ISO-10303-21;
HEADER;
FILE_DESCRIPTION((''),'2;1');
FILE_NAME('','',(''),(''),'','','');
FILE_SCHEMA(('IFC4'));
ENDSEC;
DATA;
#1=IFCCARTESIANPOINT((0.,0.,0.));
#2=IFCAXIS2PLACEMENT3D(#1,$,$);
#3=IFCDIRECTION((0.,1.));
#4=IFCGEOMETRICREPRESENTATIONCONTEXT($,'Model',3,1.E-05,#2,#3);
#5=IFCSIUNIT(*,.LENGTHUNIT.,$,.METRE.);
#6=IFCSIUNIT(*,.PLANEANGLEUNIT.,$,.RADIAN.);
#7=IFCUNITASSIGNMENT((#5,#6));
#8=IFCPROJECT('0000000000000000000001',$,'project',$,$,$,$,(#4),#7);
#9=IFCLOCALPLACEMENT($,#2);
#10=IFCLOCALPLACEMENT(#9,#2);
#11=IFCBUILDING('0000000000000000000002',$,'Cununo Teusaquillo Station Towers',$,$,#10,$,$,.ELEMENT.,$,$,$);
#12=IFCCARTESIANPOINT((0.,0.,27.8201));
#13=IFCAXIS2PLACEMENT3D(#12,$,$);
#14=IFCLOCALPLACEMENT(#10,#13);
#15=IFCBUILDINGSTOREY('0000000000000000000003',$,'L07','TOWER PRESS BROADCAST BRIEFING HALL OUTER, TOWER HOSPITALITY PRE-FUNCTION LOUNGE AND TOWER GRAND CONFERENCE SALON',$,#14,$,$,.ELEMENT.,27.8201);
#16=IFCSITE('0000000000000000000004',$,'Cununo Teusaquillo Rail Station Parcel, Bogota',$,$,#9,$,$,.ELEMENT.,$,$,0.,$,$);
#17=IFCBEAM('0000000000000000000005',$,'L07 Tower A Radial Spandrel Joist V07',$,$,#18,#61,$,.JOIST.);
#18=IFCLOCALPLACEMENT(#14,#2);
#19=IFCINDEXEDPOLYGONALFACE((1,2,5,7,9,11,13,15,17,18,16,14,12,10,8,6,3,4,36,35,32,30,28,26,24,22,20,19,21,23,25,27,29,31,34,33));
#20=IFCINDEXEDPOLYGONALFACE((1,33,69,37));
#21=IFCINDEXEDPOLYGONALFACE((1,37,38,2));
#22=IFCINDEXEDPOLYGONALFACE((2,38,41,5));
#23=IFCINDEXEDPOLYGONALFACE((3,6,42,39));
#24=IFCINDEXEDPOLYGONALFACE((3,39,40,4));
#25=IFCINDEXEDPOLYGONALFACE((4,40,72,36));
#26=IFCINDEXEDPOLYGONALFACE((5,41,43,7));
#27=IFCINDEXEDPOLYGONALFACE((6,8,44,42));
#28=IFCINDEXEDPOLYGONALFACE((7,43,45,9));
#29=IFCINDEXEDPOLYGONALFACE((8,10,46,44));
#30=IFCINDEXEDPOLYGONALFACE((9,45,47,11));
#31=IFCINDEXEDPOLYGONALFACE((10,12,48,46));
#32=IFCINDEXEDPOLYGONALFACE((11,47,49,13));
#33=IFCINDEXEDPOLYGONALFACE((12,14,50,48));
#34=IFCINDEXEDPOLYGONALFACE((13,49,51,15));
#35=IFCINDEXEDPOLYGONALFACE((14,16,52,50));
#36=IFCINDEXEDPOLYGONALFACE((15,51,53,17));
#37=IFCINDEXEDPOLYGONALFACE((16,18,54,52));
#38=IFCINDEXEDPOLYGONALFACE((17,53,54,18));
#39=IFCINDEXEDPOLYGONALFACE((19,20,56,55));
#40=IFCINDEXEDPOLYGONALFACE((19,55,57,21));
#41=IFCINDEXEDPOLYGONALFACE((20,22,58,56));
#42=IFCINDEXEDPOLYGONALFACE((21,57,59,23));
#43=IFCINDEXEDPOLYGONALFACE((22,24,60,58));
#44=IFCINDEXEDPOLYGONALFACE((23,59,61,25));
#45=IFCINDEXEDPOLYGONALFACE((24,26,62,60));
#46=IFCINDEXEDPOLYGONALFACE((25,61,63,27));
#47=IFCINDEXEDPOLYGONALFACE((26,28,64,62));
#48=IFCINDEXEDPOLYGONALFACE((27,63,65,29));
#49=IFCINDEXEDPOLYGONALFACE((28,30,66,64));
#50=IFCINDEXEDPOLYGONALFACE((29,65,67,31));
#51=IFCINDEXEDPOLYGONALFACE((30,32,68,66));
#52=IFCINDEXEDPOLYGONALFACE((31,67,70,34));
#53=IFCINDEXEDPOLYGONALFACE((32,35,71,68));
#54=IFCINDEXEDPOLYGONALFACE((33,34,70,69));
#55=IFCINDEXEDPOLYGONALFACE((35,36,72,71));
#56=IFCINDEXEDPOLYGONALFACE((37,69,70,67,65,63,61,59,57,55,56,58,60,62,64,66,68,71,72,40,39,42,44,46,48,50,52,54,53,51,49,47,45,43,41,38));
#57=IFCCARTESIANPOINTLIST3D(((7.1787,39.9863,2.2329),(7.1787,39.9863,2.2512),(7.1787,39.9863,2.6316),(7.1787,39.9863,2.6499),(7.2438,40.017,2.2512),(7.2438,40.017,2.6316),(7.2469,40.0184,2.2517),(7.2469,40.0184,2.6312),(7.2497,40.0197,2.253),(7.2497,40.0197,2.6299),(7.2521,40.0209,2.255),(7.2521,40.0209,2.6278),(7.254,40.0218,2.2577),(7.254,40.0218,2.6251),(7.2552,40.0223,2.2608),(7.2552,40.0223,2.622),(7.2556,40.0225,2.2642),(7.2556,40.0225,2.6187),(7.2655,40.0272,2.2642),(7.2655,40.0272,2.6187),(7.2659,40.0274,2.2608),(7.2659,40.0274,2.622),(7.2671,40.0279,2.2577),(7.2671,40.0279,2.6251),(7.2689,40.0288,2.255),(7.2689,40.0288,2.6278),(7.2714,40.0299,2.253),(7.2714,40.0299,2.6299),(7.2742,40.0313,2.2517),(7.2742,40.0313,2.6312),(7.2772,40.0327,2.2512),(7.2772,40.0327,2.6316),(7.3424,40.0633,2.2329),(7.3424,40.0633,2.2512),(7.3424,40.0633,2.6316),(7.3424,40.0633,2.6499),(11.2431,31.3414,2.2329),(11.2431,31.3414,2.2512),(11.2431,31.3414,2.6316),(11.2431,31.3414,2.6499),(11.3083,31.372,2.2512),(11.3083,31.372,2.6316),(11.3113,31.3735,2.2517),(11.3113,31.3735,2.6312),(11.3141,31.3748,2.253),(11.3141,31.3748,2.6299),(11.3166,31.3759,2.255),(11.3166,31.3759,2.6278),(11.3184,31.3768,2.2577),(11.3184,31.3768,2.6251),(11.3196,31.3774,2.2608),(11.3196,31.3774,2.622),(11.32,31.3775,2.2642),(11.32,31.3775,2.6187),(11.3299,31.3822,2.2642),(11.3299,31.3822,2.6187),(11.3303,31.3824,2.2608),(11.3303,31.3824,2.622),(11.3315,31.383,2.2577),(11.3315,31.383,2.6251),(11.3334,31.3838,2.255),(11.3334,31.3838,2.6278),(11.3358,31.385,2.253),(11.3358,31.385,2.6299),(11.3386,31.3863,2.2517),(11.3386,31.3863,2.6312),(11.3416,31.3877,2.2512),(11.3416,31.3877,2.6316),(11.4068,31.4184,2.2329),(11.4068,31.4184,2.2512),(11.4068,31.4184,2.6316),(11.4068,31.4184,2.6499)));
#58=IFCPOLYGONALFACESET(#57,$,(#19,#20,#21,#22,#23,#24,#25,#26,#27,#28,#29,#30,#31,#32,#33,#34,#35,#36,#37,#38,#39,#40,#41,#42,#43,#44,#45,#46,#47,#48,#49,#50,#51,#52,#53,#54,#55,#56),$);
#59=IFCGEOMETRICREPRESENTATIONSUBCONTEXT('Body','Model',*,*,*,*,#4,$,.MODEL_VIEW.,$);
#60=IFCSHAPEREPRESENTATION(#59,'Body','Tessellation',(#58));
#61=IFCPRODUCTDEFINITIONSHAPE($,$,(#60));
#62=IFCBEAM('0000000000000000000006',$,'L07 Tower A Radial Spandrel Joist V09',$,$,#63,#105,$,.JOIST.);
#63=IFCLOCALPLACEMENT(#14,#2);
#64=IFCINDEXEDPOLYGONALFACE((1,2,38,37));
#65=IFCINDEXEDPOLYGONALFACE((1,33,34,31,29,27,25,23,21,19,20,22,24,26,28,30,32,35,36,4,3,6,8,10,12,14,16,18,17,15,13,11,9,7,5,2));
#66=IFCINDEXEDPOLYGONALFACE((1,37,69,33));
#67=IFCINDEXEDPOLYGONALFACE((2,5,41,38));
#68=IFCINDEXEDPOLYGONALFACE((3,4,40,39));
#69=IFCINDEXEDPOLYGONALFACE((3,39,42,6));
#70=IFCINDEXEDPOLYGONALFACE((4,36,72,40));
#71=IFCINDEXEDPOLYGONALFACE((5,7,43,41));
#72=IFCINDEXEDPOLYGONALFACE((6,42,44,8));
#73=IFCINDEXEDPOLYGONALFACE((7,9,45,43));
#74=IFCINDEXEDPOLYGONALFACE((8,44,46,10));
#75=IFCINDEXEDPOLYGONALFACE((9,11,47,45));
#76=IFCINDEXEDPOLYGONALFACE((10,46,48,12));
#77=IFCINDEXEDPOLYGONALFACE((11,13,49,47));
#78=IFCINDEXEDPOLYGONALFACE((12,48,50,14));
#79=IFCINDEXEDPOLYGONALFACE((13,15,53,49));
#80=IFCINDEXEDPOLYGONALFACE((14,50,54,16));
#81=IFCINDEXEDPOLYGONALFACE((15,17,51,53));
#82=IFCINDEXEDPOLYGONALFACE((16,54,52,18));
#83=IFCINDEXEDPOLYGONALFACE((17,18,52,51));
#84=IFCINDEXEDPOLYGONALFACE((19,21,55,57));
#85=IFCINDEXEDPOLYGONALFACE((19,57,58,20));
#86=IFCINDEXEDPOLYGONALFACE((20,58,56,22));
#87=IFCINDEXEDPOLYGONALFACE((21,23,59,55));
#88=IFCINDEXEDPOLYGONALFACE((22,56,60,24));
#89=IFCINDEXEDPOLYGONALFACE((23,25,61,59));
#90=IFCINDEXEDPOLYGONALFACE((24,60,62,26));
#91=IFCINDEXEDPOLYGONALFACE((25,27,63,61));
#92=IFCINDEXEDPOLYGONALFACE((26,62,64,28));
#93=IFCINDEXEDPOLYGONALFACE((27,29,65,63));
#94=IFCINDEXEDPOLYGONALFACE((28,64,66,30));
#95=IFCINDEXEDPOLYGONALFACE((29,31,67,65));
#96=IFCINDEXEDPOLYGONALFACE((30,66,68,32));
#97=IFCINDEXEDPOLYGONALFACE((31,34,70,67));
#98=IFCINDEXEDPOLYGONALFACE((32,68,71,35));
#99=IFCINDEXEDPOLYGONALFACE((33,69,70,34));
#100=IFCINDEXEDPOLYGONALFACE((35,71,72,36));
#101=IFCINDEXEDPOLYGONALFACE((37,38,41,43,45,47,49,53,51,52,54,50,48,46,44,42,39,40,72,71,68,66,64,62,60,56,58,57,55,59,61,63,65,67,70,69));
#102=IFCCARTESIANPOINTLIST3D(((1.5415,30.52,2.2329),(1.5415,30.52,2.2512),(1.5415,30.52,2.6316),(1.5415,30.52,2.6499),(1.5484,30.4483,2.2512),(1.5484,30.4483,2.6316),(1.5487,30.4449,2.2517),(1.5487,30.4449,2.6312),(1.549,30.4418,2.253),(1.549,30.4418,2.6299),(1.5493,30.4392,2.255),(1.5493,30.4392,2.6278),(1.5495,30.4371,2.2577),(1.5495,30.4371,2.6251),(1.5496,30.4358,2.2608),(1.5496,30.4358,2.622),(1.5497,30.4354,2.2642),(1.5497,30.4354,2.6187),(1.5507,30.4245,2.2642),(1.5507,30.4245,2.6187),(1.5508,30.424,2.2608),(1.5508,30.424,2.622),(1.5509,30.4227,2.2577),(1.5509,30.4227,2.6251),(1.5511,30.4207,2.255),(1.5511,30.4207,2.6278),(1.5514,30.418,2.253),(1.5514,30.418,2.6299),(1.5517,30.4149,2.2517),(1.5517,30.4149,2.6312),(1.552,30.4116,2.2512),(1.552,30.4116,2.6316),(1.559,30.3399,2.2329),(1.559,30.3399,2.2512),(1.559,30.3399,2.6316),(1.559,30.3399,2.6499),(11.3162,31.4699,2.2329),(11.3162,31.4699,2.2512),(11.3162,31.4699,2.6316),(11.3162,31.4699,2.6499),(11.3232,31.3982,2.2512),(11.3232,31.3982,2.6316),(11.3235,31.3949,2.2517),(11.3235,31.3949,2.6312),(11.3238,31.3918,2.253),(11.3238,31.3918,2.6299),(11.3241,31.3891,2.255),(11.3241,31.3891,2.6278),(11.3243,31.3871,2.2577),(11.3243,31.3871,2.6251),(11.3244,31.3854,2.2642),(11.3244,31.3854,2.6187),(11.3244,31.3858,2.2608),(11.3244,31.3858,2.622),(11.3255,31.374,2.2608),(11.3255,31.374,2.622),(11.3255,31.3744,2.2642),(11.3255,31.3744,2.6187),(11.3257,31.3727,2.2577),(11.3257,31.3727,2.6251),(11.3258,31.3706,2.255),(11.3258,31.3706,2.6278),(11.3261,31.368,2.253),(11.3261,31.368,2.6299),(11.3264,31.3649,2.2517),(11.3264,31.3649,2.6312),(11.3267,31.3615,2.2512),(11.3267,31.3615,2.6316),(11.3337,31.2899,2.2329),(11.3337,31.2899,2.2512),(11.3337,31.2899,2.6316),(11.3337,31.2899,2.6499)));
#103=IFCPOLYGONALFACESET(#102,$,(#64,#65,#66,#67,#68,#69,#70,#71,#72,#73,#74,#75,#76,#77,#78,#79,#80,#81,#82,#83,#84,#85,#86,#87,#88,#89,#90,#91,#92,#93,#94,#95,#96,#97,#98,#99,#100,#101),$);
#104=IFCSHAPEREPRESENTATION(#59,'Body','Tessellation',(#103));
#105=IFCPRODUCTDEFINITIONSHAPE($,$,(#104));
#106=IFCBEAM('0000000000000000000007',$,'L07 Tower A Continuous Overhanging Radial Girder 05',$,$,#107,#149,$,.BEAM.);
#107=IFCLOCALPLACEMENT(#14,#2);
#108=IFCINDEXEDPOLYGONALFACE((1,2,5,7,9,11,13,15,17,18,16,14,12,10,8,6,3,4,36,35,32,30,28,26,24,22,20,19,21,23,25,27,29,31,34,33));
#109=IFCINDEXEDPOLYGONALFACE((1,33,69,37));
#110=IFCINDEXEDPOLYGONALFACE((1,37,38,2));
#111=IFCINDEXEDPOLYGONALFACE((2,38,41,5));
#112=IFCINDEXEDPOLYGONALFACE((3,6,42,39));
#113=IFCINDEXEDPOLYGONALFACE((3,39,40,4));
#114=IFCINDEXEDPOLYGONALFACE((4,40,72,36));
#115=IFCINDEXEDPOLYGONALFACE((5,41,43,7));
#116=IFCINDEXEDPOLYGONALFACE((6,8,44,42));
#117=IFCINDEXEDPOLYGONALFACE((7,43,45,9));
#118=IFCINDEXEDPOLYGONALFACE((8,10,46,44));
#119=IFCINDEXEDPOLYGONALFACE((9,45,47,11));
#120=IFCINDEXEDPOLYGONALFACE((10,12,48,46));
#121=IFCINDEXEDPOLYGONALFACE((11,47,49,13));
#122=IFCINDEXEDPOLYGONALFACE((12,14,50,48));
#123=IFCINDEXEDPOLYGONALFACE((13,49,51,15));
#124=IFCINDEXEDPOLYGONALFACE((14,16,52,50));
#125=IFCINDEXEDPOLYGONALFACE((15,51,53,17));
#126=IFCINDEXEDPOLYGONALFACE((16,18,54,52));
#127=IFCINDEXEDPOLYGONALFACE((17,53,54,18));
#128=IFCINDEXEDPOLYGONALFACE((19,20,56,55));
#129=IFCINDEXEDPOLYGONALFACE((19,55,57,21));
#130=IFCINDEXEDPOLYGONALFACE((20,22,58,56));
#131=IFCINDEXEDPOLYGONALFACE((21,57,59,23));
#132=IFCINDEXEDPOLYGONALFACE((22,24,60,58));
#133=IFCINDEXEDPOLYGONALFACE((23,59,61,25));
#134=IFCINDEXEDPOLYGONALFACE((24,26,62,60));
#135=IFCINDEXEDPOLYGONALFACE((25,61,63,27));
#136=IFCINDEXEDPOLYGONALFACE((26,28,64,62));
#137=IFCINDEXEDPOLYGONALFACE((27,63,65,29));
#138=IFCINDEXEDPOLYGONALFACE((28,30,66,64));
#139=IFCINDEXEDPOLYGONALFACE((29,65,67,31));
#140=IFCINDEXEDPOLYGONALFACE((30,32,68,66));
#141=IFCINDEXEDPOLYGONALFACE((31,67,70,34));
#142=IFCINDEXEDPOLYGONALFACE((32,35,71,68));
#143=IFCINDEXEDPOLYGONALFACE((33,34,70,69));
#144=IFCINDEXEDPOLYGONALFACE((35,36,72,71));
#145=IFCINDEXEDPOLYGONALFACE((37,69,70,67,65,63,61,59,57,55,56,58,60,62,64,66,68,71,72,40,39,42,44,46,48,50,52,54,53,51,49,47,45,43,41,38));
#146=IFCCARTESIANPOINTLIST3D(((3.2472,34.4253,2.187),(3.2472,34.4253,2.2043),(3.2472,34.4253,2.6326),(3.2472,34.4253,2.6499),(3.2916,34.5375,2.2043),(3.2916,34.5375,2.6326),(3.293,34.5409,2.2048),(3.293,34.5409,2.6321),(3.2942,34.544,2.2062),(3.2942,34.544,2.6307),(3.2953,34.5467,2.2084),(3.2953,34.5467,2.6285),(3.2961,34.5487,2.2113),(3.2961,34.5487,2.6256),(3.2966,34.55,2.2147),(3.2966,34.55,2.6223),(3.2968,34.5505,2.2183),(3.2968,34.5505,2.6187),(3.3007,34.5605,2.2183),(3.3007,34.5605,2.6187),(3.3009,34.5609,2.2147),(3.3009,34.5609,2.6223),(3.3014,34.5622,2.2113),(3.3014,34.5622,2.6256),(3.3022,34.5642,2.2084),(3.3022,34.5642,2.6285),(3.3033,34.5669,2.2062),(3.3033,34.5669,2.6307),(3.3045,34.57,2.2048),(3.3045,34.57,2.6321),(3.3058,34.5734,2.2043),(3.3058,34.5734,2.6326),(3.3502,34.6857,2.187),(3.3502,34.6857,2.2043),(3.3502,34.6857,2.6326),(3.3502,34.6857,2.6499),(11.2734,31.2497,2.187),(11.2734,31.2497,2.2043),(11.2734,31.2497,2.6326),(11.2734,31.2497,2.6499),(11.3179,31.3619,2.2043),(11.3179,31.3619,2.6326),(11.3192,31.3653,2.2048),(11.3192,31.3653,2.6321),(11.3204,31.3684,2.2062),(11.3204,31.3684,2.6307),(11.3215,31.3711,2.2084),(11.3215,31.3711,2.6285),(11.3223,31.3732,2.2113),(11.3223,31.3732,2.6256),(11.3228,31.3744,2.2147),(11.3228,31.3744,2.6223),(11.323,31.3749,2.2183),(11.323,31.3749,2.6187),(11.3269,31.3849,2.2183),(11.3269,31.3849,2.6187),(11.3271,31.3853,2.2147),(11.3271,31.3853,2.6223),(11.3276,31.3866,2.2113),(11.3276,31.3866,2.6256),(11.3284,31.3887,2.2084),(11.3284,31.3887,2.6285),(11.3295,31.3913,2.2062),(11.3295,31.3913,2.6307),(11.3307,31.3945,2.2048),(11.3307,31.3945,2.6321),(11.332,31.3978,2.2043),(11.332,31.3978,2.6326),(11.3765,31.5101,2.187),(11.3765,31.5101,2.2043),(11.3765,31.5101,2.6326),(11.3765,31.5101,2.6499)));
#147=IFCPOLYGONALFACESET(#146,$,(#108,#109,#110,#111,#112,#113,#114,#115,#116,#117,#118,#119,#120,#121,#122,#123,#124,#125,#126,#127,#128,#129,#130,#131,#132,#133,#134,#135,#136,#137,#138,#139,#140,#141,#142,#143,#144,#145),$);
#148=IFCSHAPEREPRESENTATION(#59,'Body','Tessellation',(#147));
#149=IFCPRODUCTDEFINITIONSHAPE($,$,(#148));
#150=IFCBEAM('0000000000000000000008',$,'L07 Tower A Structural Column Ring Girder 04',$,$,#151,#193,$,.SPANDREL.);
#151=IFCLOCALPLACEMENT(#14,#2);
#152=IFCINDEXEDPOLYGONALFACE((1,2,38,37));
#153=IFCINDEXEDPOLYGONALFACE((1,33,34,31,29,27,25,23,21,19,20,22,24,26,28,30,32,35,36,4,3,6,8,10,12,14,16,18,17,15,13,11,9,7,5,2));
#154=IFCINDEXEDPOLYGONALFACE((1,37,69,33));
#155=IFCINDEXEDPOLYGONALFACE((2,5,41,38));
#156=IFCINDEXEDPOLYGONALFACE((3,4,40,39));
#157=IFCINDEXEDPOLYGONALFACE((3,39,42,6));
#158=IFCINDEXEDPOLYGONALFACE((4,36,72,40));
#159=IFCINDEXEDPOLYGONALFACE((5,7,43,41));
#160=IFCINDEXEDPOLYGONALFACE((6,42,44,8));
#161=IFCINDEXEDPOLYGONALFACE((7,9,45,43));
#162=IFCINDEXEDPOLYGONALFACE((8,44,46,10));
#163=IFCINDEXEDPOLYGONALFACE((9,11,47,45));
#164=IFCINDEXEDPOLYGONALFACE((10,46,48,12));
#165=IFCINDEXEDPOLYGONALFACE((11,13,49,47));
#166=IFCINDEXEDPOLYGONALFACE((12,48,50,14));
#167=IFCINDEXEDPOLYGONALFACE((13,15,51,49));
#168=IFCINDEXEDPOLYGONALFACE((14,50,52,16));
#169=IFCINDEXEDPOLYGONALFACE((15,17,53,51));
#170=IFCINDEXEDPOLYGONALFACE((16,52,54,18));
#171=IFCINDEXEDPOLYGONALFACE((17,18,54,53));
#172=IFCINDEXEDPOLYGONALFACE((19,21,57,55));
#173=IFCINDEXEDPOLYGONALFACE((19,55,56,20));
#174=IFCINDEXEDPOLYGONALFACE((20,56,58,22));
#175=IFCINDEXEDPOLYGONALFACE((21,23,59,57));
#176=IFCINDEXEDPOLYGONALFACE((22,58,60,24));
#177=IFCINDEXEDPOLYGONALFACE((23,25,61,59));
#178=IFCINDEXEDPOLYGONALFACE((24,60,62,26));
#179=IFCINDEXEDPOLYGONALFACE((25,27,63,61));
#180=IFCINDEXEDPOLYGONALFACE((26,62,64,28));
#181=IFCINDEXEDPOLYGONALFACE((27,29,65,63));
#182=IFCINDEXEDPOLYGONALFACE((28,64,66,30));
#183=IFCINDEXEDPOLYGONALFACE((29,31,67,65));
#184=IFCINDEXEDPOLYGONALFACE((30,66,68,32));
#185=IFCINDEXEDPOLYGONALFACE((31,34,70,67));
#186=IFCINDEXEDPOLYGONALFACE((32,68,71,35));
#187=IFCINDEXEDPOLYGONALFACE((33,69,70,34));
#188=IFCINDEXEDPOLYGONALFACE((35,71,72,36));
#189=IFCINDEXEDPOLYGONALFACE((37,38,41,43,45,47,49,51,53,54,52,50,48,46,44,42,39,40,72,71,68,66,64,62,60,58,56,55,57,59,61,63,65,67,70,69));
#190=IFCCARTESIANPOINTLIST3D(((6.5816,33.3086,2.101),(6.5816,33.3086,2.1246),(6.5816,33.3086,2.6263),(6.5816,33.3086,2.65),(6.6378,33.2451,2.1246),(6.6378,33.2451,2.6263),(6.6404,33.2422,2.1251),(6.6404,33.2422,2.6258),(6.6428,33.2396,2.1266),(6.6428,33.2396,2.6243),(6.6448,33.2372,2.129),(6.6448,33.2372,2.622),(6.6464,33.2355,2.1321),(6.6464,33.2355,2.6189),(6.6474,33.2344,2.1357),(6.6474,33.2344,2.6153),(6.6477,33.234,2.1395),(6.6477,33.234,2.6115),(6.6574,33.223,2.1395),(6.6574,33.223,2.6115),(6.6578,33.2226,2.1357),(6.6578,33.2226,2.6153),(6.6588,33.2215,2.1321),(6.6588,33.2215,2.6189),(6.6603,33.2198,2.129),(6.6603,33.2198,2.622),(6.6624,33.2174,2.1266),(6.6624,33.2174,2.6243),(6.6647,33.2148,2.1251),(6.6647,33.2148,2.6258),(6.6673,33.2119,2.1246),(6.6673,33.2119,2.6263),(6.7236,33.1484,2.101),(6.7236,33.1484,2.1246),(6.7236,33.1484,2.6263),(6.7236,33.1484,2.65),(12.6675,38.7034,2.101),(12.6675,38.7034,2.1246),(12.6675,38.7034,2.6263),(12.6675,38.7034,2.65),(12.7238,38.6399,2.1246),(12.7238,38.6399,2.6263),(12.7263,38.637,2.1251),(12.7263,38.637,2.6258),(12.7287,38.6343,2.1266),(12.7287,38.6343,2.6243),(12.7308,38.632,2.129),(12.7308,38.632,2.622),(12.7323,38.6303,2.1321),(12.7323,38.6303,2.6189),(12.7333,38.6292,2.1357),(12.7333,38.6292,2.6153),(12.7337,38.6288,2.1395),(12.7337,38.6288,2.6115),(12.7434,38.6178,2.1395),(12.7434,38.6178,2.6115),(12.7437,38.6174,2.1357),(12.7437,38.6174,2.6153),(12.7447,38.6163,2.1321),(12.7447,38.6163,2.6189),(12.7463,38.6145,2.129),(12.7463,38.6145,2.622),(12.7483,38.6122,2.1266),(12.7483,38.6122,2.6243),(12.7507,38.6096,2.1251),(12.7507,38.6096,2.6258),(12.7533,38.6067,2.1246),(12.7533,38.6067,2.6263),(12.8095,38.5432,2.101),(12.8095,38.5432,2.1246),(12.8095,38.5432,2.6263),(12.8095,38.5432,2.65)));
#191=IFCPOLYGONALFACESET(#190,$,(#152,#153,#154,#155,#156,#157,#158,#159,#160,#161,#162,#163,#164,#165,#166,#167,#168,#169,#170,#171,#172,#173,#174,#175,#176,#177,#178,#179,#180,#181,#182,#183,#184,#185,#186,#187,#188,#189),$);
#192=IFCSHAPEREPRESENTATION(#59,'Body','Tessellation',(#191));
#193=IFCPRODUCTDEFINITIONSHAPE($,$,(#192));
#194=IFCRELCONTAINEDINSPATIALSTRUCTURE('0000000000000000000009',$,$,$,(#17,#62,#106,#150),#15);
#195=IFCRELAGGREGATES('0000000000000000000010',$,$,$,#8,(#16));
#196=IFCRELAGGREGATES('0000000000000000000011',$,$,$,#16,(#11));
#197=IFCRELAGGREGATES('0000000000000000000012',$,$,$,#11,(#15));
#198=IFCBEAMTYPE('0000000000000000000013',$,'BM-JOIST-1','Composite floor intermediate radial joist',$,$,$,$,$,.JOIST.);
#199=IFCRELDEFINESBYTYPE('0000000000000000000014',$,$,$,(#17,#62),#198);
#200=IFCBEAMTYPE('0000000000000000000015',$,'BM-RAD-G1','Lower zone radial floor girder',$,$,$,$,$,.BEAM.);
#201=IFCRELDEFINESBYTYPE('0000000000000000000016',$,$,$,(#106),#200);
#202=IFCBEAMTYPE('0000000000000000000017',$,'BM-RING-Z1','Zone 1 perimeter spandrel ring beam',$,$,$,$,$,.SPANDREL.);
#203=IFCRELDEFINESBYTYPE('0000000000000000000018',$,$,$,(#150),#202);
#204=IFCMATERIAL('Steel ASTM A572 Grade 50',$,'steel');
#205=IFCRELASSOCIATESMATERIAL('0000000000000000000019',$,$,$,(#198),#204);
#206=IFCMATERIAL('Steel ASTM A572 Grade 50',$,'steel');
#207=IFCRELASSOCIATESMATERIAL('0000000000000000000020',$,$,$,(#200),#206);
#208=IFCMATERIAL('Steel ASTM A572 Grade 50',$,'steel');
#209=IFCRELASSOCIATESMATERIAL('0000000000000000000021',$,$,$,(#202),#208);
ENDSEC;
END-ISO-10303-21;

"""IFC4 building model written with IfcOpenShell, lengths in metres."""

from ifc_helpers import new_model, si_unit, direction, frame, origin, origin_2d, place, context, subcontext, project, spatial, i_section, extrude, material, material_profile, profile_set, type_object, element, save


model = new_model("IFC4")

# Units and contexts
model_context = context("Model", 3, precision=1e-05, world=origin(), true_north=direction((0.0, 1.0)))
body_context = subcontext(model_context, "Body", "Model", "MODEL_VIEW")
ifc_project = project(units=[si_unit("LENGTHUNIT", "METRE"), si_unit("PLANEANGLEUNIT", "RADIAN")], contexts=[model_context])

# Site, building, storey
site_placement = place(None, origin())
site = spatial("IfcSite", under=ifc_project, at=site_placement, Name="Cununo Teusaquillo Rail Station Parcel, Bogota", CompositionType="ELEMENT", RefElevation=0.0)
building_placement = place(site_placement, origin())
building = spatial("IfcBuilding", under=site, at=building_placement, Name="Cununo Teusaquillo Station Towers", CompositionType="ELEMENT")
storey_placement = place(building_placement, frame((0.0, 0.0, 27.8201)))
storey = spatial("IfcBuildingStorey", under=building, at=storey_placement, Name="L07", Description="TOWER PRESS BROADCAST BRIEFING HALL OUTER, TOWER HOSPITALITY PRE-FUNCTION LOUNGE AND TOWER GRAND CONFERENCE SALON", CompositionType="ELEMENT", Elevation=27.8201)

# Beams
ifc_material_1 = material(Name="Steel ASTM A572 Grade 50", Category="steel")
ifc_material_profile_1 = material_profile(ifc_material_1, i_section(OverallWidth=0.1809, OverallDepth=0.417, WebThickness=0.011, FlangeThickness=0.0183, FilletRadius=0.0129, at=origin_2d()), Name="W16X57")
ifc_profile_set_1 = profile_set([ifc_material_profile_1], Name="Steel ASTM A572 Grade 50")
beam_type_1 = type_object("IfcBeamType", Name="BM-JOIST-1", Description="Composite floor intermediate radial joist", PredefinedType="JOIST", material=ifc_profile_set_1)
beam_1_placement = place(storey_placement, frame((11.325, 31.3799, 2.4414), z_axis=(-0.425472, 0.904972, 0.0), x_axis=(-0.904972, -0.425472, 0.0)))
element("IfcBeam", 1, at=beam_1_placement, inside=storey, type_object=beam_type_1, Name="L07 Tower A Radial Spandrel Joist V07", PredefinedType="JOIST", context=body_context, shape_type="SweptSolid", body=[
    extrude(i_section(OverallWidth=0.1809, OverallDepth=0.417, WebThickness=0.011, FlangeThickness=0.0183, FilletRadius=0.0129, at=origin_2d()), origin(), (0.0, 0.0, 1.0), 9.5527),
])
beam_2_placement = place(storey_placement, frame((11.325, 31.3799, 2.4414), z_axis=(-0.995311, -0.096729, 0.0), x_axis=(0.096729, -0.995311, 0.0)))
element("IfcBeam", 2, at=beam_2_placement, inside=storey, type_object=beam_type_1, Name="L07 Tower A Radial Spandrel Joist V09", PredefinedType="JOIST", context=body_context, shape_type="SweptSolid", body=[
    extrude(i_section(OverallWidth=0.1809, OverallDepth=0.417, WebThickness=0.011, FlangeThickness=0.0183, FilletRadius=0.0129, at=origin_2d()), origin(), (0.0, 0.0, 1.0), 9.8208),
])
ifc_material_2 = material(Name="Steel ASTM A572 Grade 50", Category="steel")
ifc_material_profile_2 = material_profile(ifc_material_2, i_section(OverallWidth=0.28, OverallDepth=0.4629, WebThickness=0.0107, FlangeThickness=0.0173, FilletRadius=0.0139, at=origin_2d()), Name="W18X76")
ifc_profile_set_2 = profile_set([ifc_material_profile_2], Name="Steel ASTM A572 Grade 50")
beam_type_2 = type_object("IfcBeamType", Name="BM-RAD-G1", Description="Lower zone radial floor girder", PredefinedType="BEAM", material=ifc_profile_set_2)
beam_3_placement = place(storey_placement, frame((11.325, 31.3799, 2.4185), z_axis=(-0.929865, 0.367901, 0.0), x_axis=(-0.367901, -0.929865, 0.0)))
element("IfcBeam", 3, at=beam_3_placement, inside=storey, type_object=beam_type_2, Name="L07 Tower A Continuous Overhanging Radial Girder 05", PredefinedType="BEAM", context=body_context, shape_type="SweptSolid", body=[
    extrude(i_section(OverallWidth=0.28, OverallDepth=0.4629, WebThickness=0.0107, FlangeThickness=0.0173, FilletRadius=0.0139, at=origin_2d()), origin(), (0.0, 0.0, 1.0), 8.6316),
])
ifc_material_3 = material(Name="Steel ASTM A572 Grade 50", Category="steel")
ifc_material_profile_3 = material_profile(ifc_material_3, i_section(OverallWidth=0.2141, OverallDepth=0.5491, WebThickness=0.0146, FlangeThickness=0.0237, FilletRadius=0.0149, at=origin_2d()), Name="W21X93")
ifc_profile_set_3 = profile_set([ifc_material_profile_3], Name="Steel ASTM A572 Grade 50")
beam_type_3 = type_object("IfcBeamType", Name="BM-RING-Z1", Description="Zone 1 perimeter spandrel ring beam", PredefinedType="SPANDREL", material=ifc_profile_set_3)
beam_4_placement = place(storey_placement, frame((12.7385, 38.6233, 2.3755), z_axis=(-0.748321, -0.663337, 0.0), x_axis=(0.663337, -0.748321, 0.0)))
element("IfcBeam", 4, at=beam_4_placement, inside=storey, type_object=beam_type_3, Name="L07 Tower A Structural Column Ring Girder 04", PredefinedType="SPANDREL", context=body_context, shape_type="SweptSolid", body=[
    extrude(i_section(OverallWidth=0.2141, OverallDepth=0.5491, WebThickness=0.0146, FlangeThickness=0.0237, FilletRadius=0.0149, at=origin_2d()), origin(), (0.0, 0.0, 1.0), 8.1328),
])

save(model, "model.ifc")
